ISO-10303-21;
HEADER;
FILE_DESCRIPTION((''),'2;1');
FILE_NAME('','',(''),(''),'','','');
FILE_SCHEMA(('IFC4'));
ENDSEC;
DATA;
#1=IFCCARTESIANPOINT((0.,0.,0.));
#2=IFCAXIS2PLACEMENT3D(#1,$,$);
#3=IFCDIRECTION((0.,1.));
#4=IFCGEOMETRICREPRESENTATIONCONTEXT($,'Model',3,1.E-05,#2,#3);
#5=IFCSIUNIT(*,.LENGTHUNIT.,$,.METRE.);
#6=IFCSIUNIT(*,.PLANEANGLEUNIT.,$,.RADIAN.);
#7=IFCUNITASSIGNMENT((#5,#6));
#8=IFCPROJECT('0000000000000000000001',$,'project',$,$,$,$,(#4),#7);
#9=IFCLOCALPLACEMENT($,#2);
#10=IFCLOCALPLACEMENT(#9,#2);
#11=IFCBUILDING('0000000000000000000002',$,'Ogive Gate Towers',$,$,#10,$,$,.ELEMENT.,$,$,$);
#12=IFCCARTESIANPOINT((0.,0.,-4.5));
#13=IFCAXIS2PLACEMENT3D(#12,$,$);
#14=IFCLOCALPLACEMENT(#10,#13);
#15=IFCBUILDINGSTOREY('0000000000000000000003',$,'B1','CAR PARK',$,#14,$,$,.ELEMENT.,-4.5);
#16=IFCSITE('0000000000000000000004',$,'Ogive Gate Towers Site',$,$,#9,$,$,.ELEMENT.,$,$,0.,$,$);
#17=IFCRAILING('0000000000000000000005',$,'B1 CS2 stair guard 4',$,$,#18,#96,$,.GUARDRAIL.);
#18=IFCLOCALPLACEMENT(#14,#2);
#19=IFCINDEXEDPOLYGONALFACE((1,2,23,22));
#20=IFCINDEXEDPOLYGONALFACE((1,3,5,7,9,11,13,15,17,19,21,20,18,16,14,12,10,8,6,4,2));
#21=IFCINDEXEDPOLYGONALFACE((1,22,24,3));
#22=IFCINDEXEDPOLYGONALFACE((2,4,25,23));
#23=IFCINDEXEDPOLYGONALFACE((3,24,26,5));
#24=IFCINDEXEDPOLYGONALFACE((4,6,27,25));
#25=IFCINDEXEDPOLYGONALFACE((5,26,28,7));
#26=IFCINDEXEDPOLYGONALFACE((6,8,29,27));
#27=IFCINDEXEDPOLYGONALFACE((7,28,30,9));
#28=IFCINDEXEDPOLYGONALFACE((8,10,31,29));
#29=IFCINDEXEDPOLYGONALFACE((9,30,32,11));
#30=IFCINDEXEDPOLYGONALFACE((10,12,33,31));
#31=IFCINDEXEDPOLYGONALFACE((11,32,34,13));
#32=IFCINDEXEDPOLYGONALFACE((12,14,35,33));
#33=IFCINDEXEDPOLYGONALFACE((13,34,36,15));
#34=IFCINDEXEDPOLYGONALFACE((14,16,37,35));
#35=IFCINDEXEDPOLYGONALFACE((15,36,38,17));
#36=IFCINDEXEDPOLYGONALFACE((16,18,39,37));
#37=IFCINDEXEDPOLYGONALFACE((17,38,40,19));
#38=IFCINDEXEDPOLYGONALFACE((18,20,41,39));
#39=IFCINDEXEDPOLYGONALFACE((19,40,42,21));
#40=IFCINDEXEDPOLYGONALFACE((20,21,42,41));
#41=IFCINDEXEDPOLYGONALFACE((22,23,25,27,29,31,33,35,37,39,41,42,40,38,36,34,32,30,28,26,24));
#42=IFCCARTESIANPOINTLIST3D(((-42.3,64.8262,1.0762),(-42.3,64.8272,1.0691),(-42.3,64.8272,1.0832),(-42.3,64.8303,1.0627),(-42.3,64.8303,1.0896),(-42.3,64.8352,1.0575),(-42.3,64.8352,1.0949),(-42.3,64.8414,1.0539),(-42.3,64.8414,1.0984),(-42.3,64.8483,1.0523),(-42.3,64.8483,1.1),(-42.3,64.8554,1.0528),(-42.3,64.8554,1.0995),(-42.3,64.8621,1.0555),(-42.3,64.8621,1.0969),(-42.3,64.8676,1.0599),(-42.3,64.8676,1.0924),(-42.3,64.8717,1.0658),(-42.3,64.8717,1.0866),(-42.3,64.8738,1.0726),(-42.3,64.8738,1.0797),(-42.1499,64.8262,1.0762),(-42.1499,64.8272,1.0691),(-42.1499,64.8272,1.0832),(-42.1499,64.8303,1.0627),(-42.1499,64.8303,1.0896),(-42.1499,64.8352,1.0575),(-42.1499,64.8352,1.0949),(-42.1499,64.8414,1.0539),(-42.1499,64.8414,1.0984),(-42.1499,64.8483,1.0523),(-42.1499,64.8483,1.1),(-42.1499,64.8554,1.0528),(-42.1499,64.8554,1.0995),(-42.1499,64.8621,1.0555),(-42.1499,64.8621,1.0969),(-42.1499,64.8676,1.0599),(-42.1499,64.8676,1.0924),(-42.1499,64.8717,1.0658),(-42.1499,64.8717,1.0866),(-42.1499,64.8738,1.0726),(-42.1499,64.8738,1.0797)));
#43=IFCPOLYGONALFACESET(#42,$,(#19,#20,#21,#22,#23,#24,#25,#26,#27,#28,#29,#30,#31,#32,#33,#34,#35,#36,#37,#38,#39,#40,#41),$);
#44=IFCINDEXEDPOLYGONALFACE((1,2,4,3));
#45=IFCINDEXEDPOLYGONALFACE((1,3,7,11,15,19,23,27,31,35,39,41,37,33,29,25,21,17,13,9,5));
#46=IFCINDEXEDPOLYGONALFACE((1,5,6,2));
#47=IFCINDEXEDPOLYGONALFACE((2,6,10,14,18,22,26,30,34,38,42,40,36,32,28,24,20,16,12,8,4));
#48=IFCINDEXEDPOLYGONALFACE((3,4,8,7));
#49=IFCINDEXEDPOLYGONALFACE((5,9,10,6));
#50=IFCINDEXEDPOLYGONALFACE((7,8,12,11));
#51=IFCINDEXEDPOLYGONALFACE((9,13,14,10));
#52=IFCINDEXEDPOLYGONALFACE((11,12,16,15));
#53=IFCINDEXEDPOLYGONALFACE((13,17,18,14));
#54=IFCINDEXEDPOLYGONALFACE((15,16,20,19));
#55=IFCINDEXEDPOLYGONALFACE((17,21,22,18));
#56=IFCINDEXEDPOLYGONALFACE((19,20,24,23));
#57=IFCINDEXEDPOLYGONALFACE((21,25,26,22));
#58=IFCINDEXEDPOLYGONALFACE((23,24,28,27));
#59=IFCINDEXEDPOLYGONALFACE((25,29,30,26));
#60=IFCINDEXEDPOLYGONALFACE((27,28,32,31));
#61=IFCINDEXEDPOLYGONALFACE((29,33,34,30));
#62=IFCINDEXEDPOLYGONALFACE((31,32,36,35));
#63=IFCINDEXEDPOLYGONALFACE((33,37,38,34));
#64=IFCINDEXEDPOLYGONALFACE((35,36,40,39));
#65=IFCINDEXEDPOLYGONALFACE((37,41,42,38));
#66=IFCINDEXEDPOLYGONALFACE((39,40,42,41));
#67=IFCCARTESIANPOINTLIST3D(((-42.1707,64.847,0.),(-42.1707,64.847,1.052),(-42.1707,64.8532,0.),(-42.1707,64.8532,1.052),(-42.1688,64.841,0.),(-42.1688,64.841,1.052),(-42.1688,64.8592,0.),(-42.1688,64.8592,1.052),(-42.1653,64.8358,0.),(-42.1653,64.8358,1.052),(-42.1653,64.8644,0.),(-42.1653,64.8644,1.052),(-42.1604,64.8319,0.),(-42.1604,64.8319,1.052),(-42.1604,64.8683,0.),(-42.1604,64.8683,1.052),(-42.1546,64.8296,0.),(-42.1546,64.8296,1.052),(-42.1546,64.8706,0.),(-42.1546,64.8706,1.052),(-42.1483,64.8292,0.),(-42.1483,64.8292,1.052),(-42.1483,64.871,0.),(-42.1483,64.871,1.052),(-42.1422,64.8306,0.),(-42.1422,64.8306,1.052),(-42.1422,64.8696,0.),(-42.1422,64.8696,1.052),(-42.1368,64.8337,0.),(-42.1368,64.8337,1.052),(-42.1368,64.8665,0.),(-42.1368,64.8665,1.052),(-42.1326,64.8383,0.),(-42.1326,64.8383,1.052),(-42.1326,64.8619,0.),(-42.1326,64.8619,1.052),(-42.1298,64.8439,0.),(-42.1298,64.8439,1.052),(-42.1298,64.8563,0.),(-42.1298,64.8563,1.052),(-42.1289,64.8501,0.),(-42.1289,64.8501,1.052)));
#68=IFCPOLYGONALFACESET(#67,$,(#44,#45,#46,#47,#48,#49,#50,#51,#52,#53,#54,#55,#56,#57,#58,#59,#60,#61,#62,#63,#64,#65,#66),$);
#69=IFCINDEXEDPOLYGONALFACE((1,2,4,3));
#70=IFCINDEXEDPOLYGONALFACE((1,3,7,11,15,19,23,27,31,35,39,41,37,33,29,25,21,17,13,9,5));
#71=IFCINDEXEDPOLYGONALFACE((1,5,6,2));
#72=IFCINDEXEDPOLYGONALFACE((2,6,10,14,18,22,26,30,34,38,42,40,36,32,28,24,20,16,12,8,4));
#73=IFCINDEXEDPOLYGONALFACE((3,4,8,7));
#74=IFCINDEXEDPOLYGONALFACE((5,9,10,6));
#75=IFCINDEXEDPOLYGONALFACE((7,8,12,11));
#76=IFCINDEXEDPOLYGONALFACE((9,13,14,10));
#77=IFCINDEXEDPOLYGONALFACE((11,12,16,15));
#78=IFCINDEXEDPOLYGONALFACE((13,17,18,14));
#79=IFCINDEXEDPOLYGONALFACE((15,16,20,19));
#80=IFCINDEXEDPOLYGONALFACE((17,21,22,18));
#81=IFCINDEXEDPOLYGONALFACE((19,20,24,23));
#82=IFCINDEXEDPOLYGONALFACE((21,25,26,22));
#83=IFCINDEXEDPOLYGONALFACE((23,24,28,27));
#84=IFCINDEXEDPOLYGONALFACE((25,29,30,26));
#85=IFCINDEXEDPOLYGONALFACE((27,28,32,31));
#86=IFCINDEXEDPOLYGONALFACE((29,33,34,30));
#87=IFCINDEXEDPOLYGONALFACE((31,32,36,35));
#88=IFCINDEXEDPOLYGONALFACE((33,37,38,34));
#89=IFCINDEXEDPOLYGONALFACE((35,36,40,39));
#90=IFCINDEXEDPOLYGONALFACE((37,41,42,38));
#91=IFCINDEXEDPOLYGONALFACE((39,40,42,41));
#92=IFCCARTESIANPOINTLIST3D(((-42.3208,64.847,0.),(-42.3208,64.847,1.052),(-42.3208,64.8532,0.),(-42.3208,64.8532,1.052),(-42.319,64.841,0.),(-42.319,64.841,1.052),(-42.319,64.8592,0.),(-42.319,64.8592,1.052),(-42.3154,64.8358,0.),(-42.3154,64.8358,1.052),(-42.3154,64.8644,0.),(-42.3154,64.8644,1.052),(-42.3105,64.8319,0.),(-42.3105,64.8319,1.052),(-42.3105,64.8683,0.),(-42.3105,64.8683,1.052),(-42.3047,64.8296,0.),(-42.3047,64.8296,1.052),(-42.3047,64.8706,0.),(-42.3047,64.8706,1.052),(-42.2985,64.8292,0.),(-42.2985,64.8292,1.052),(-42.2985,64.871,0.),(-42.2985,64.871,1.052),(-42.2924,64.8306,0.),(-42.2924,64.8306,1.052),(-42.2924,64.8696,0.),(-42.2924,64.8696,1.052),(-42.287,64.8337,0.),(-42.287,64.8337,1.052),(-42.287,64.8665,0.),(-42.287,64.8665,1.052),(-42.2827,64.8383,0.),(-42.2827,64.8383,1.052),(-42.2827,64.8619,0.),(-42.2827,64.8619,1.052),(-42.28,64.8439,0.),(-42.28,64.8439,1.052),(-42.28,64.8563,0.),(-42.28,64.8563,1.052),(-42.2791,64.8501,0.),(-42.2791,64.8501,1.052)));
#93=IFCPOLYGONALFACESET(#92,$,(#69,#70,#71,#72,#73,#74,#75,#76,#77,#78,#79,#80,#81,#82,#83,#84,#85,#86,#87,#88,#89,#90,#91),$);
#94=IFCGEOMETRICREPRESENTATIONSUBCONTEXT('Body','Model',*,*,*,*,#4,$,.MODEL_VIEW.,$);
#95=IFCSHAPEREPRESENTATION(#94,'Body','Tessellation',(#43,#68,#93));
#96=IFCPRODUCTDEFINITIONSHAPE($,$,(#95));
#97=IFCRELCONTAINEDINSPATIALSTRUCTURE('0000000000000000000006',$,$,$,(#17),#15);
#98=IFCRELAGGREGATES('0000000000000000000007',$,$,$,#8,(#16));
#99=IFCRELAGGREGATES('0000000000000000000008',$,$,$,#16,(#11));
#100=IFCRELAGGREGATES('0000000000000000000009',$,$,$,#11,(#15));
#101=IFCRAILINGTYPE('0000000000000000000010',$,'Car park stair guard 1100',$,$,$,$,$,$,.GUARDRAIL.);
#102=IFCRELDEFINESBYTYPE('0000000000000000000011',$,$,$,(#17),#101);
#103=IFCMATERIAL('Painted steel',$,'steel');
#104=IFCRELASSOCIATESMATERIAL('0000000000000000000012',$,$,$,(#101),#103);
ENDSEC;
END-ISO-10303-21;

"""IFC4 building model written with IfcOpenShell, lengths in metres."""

from ifc_helpers import new_model, si_unit, direction, frame, origin, origin_2d, place, context, subcontext, project, spatial, circle, extrude, material, type_object, element, save


model = new_model("IFC4")

# Units and contexts
model_context = context("Model", 3, precision=1e-05, world=origin(), true_north=direction((0.0, 1.0)))
body_context = subcontext(model_context, "Body", "Model", "MODEL_VIEW")
ifc_project = project(units=[si_unit("LENGTHUNIT", "METRE"), si_unit("PLANEANGLEUNIT", "RADIAN")], contexts=[model_context])

# Site, building, storey
site_placement = place(None, origin())
site = spatial("IfcSite", under=ifc_project, at=site_placement, Name="Ogive Gate Towers Site", CompositionType="ELEMENT", RefElevation=0.0)
building_placement = place(site_placement, origin())
building = spatial("IfcBuilding", under=site, at=building_placement, Name="Ogive Gate Towers", CompositionType="ELEMENT")
storey_placement = place(building_placement, frame((0.0, 0.0, -4.5)))
storey = spatial("IfcBuildingStorey", under=building, at=storey_placement, Name="B1", Description="CAR PARK", CompositionType="ELEMENT", Elevation=-4.5)

# Railing
ifc_material_1 = material(Name="Painted steel", Category="steel")
railing_type_1 = type_object("IfcRailingType", Name="Car park stair guard 1100", PredefinedType="GUARDRAIL", material=ifc_material_1)
railing_1_placement = place(storey_placement, frame((-42.1499, 64.8501, 0.0)))
element("IfcRailing", 1, at=railing_1_placement, inside=storey, type_object=railing_type_1, Name="B1 CS2 stair guard 4", PredefinedType="GUARDRAIL", context=body_context, shape_type="SweptSolid", body=[
    extrude(circle(Radius=0.0239, at=origin_2d()), frame((0.0, 0.0, 1.0762), z_axis=(-1.0, 0.0, 0.0), x_axis=(0.0, -1.0, 0.0)), (0.0, 0.0, 1.0), 0.1501),
    extrude(circle(Radius=0.021, at=origin_2d()), origin(), (0.0, 0.0, 1.0), 1.052),
    extrude(circle(Radius=0.021, at=origin_2d()), frame((-0.1501, 0.0, 0.0)), (0.0, 0.0, 1.0), 1.052),
])

save(model, "model.ifc")
